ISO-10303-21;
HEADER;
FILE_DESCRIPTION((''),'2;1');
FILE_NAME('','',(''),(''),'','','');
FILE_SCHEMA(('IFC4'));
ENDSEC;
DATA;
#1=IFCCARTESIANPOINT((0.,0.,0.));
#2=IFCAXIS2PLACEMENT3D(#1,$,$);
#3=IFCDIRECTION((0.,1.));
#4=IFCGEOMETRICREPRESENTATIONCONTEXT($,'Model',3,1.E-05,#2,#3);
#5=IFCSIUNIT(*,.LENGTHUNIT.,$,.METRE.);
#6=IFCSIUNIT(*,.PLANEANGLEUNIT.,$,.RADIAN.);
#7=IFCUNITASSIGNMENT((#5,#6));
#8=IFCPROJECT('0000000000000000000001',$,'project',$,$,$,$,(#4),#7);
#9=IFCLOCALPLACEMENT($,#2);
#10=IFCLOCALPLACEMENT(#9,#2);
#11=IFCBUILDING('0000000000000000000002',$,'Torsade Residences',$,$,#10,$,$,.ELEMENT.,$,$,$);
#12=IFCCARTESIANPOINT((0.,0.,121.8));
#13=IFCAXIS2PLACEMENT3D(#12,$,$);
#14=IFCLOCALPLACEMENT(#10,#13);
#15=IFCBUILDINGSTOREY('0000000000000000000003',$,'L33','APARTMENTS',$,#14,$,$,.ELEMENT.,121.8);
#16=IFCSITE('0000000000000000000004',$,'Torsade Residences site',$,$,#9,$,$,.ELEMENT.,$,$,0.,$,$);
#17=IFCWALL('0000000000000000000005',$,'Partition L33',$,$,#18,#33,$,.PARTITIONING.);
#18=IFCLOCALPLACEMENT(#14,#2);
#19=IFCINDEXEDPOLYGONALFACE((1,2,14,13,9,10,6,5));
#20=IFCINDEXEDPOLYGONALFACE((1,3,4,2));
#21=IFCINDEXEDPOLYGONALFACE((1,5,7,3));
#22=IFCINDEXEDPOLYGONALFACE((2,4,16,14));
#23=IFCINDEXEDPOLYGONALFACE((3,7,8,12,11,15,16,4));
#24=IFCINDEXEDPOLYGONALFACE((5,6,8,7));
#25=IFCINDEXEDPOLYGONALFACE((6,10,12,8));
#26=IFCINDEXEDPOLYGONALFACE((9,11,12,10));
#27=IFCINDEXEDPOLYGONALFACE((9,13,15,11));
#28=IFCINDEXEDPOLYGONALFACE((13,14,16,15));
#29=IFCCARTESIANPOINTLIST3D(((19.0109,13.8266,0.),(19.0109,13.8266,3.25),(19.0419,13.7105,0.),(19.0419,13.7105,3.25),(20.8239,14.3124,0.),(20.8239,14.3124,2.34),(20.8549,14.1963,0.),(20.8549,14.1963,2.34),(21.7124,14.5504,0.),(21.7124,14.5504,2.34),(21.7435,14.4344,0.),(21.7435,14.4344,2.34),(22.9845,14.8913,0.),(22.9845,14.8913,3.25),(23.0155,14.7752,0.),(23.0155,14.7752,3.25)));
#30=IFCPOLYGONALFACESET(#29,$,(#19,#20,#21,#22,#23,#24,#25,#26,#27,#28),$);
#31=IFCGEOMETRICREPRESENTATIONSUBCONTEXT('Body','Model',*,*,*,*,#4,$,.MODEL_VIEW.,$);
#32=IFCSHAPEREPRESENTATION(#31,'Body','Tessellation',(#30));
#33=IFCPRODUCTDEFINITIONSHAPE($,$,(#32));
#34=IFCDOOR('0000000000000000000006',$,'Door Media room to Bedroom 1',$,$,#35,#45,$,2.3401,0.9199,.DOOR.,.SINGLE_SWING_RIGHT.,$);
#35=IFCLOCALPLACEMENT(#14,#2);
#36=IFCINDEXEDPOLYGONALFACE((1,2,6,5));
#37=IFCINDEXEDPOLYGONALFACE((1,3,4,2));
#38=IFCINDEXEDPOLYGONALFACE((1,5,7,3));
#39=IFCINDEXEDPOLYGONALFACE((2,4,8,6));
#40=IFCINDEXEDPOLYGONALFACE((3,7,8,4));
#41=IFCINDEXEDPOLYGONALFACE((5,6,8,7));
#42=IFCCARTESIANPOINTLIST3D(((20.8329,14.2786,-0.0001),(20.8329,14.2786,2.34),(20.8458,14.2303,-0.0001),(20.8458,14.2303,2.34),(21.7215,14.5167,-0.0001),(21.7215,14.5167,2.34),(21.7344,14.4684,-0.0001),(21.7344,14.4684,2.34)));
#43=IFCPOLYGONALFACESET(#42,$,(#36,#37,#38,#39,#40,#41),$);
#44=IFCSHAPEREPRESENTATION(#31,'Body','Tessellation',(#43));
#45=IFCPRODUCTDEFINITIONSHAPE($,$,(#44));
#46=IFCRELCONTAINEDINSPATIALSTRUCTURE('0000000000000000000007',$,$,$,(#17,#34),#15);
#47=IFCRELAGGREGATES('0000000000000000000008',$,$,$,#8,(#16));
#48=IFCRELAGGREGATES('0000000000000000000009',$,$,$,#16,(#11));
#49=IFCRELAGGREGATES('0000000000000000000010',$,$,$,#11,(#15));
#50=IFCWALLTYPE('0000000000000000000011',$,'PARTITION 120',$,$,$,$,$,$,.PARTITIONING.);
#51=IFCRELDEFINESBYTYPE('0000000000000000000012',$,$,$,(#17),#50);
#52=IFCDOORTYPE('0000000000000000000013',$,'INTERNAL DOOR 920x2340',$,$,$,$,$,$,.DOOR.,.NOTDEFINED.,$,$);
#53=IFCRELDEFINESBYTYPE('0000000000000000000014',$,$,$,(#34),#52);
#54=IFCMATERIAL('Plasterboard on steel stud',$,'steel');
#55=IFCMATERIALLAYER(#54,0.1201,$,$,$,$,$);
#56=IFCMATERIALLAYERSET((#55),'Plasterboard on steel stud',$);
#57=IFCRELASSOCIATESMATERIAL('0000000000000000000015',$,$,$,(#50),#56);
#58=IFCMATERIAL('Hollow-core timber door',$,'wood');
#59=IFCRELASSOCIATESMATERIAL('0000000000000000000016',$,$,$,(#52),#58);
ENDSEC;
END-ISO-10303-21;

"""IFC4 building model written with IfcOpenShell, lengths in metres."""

from ifc_helpers import new_model, si_unit, direction, frame, frame_2d, origin, place, context, subcontext, project, spatial, rectangle, extrude, material, layer, layer_set, type_object, element, fill, save


model = new_model("IFC4")

# Units and contexts
model_context = context("Model", 3, precision=1e-05, world=origin(), true_north=direction((0.0, 1.0)))
body_context = subcontext(model_context, "Body", "Model", "MODEL_VIEW")
ifc_project = project(units=[si_unit("LENGTHUNIT", "METRE"), si_unit("PLANEANGLEUNIT", "RADIAN")], contexts=[model_context])

# Site, building, storey
site_placement = place(None, origin())
site = spatial("IfcSite", under=ifc_project, at=site_placement, Name="Torsade Residences site", CompositionType="ELEMENT", RefElevation=0.0)
building_placement = place(site_placement, origin())
building = spatial("IfcBuilding", under=site, at=building_placement, Name="Torsade Residences", CompositionType="ELEMENT")
storey_placement = place(building_placement, frame((0.0, 0.0, 121.8)))
storey = spatial("IfcBuildingStorey", under=building, at=storey_placement, Name="L33", Description="APARTMENTS", CompositionType="ELEMENT", Elevation=121.8)

# Shared definitions
ifc_material_1 = material(Name="Plasterboard on steel stud", Category="steel")
ifc_layer_1 = layer(ifc_material_1, 0.1201)
ifc_layer_set_1 = layer_set([ifc_layer_1], Name="Plasterboard on steel stud")
wall_type = type_object("IfcWallType", Name="PARTITION 120", PredefinedType="PARTITIONING", material=ifc_layer_set_1)

# Wall, opening, door
ifc_material_2 = material(Name="Hollow-core timber door", Category="wood")
door_type_1 = type_object("IfcDoorType", Name="INTERNAL DOOR 920x2340", OperationType="NOTDEFINED", PredefinedType="DOOR", material=ifc_material_2)
wall_1_placement = place(storey_placement, frame((23.0, 14.8333, 0.0), z_axis=(0.0, 0.0, 1.0), x_axis=(-0.965928, -0.258811, 0.0)))
wall_1 = element("IfcWall", 1, at=wall_1_placement, inside=storey, type_object=wall_type, Name="Partition L33", PredefinedType="PARTITIONING", context=body_context, shape_type="SweptSolid", body=[
    extrude(rectangle(XDim=4.1138, YDim=0.1201, at=frame_2d((2.0569, 0.0))), origin(), (0.0, 0.0, 1.0), 3.25),
])
opening_1_placement = place(wall_1_placement, frame((1.3169, 0.0, 0.0)))
opening_1 = element("IfcOpeningElement", 2, at=opening_1_placement, cuts=wall_1, PredefinedType="OPENING", context=body_context, shape_type="SweptSolid", body=[
    extrude(rectangle(XDim=0.9199, YDim=2.3401, at=frame_2d((0.46, 1.1699))), frame((0.0, 0.0701, 0.0), z_axis=(0.0, -1.0, 0.0), x_axis=(1.0, 0.0, 0.0)), (0.0, 0.0, 1.0), 0.1401),
])
door_1_placement = place(opening_1_placement, origin())
door_1 = element("IfcDoor", 3, at=door_1_placement, inside=storey, type_object=door_type_1, Name="Door Media room to Bedroom 1", OperationType="SINGLE_SWING_RIGHT", OverallHeight=2.3401, OverallWidth=0.9199, PredefinedType="DOOR", context=body_context, shape_type="SweptSolid", body=[
    extrude(rectangle(XDim=0.9199, YDim=2.3401, at=frame_2d((0.46, 1.1699))), frame((0.0, 0.0249, 0.0), z_axis=(0.0, -1.0, 0.0), x_axis=(1.0, 0.0, 0.0)), (0.0, 0.0, 1.0), 0.05),
])
fill(opening_1, door_1)

save(model, "model.ifc")
